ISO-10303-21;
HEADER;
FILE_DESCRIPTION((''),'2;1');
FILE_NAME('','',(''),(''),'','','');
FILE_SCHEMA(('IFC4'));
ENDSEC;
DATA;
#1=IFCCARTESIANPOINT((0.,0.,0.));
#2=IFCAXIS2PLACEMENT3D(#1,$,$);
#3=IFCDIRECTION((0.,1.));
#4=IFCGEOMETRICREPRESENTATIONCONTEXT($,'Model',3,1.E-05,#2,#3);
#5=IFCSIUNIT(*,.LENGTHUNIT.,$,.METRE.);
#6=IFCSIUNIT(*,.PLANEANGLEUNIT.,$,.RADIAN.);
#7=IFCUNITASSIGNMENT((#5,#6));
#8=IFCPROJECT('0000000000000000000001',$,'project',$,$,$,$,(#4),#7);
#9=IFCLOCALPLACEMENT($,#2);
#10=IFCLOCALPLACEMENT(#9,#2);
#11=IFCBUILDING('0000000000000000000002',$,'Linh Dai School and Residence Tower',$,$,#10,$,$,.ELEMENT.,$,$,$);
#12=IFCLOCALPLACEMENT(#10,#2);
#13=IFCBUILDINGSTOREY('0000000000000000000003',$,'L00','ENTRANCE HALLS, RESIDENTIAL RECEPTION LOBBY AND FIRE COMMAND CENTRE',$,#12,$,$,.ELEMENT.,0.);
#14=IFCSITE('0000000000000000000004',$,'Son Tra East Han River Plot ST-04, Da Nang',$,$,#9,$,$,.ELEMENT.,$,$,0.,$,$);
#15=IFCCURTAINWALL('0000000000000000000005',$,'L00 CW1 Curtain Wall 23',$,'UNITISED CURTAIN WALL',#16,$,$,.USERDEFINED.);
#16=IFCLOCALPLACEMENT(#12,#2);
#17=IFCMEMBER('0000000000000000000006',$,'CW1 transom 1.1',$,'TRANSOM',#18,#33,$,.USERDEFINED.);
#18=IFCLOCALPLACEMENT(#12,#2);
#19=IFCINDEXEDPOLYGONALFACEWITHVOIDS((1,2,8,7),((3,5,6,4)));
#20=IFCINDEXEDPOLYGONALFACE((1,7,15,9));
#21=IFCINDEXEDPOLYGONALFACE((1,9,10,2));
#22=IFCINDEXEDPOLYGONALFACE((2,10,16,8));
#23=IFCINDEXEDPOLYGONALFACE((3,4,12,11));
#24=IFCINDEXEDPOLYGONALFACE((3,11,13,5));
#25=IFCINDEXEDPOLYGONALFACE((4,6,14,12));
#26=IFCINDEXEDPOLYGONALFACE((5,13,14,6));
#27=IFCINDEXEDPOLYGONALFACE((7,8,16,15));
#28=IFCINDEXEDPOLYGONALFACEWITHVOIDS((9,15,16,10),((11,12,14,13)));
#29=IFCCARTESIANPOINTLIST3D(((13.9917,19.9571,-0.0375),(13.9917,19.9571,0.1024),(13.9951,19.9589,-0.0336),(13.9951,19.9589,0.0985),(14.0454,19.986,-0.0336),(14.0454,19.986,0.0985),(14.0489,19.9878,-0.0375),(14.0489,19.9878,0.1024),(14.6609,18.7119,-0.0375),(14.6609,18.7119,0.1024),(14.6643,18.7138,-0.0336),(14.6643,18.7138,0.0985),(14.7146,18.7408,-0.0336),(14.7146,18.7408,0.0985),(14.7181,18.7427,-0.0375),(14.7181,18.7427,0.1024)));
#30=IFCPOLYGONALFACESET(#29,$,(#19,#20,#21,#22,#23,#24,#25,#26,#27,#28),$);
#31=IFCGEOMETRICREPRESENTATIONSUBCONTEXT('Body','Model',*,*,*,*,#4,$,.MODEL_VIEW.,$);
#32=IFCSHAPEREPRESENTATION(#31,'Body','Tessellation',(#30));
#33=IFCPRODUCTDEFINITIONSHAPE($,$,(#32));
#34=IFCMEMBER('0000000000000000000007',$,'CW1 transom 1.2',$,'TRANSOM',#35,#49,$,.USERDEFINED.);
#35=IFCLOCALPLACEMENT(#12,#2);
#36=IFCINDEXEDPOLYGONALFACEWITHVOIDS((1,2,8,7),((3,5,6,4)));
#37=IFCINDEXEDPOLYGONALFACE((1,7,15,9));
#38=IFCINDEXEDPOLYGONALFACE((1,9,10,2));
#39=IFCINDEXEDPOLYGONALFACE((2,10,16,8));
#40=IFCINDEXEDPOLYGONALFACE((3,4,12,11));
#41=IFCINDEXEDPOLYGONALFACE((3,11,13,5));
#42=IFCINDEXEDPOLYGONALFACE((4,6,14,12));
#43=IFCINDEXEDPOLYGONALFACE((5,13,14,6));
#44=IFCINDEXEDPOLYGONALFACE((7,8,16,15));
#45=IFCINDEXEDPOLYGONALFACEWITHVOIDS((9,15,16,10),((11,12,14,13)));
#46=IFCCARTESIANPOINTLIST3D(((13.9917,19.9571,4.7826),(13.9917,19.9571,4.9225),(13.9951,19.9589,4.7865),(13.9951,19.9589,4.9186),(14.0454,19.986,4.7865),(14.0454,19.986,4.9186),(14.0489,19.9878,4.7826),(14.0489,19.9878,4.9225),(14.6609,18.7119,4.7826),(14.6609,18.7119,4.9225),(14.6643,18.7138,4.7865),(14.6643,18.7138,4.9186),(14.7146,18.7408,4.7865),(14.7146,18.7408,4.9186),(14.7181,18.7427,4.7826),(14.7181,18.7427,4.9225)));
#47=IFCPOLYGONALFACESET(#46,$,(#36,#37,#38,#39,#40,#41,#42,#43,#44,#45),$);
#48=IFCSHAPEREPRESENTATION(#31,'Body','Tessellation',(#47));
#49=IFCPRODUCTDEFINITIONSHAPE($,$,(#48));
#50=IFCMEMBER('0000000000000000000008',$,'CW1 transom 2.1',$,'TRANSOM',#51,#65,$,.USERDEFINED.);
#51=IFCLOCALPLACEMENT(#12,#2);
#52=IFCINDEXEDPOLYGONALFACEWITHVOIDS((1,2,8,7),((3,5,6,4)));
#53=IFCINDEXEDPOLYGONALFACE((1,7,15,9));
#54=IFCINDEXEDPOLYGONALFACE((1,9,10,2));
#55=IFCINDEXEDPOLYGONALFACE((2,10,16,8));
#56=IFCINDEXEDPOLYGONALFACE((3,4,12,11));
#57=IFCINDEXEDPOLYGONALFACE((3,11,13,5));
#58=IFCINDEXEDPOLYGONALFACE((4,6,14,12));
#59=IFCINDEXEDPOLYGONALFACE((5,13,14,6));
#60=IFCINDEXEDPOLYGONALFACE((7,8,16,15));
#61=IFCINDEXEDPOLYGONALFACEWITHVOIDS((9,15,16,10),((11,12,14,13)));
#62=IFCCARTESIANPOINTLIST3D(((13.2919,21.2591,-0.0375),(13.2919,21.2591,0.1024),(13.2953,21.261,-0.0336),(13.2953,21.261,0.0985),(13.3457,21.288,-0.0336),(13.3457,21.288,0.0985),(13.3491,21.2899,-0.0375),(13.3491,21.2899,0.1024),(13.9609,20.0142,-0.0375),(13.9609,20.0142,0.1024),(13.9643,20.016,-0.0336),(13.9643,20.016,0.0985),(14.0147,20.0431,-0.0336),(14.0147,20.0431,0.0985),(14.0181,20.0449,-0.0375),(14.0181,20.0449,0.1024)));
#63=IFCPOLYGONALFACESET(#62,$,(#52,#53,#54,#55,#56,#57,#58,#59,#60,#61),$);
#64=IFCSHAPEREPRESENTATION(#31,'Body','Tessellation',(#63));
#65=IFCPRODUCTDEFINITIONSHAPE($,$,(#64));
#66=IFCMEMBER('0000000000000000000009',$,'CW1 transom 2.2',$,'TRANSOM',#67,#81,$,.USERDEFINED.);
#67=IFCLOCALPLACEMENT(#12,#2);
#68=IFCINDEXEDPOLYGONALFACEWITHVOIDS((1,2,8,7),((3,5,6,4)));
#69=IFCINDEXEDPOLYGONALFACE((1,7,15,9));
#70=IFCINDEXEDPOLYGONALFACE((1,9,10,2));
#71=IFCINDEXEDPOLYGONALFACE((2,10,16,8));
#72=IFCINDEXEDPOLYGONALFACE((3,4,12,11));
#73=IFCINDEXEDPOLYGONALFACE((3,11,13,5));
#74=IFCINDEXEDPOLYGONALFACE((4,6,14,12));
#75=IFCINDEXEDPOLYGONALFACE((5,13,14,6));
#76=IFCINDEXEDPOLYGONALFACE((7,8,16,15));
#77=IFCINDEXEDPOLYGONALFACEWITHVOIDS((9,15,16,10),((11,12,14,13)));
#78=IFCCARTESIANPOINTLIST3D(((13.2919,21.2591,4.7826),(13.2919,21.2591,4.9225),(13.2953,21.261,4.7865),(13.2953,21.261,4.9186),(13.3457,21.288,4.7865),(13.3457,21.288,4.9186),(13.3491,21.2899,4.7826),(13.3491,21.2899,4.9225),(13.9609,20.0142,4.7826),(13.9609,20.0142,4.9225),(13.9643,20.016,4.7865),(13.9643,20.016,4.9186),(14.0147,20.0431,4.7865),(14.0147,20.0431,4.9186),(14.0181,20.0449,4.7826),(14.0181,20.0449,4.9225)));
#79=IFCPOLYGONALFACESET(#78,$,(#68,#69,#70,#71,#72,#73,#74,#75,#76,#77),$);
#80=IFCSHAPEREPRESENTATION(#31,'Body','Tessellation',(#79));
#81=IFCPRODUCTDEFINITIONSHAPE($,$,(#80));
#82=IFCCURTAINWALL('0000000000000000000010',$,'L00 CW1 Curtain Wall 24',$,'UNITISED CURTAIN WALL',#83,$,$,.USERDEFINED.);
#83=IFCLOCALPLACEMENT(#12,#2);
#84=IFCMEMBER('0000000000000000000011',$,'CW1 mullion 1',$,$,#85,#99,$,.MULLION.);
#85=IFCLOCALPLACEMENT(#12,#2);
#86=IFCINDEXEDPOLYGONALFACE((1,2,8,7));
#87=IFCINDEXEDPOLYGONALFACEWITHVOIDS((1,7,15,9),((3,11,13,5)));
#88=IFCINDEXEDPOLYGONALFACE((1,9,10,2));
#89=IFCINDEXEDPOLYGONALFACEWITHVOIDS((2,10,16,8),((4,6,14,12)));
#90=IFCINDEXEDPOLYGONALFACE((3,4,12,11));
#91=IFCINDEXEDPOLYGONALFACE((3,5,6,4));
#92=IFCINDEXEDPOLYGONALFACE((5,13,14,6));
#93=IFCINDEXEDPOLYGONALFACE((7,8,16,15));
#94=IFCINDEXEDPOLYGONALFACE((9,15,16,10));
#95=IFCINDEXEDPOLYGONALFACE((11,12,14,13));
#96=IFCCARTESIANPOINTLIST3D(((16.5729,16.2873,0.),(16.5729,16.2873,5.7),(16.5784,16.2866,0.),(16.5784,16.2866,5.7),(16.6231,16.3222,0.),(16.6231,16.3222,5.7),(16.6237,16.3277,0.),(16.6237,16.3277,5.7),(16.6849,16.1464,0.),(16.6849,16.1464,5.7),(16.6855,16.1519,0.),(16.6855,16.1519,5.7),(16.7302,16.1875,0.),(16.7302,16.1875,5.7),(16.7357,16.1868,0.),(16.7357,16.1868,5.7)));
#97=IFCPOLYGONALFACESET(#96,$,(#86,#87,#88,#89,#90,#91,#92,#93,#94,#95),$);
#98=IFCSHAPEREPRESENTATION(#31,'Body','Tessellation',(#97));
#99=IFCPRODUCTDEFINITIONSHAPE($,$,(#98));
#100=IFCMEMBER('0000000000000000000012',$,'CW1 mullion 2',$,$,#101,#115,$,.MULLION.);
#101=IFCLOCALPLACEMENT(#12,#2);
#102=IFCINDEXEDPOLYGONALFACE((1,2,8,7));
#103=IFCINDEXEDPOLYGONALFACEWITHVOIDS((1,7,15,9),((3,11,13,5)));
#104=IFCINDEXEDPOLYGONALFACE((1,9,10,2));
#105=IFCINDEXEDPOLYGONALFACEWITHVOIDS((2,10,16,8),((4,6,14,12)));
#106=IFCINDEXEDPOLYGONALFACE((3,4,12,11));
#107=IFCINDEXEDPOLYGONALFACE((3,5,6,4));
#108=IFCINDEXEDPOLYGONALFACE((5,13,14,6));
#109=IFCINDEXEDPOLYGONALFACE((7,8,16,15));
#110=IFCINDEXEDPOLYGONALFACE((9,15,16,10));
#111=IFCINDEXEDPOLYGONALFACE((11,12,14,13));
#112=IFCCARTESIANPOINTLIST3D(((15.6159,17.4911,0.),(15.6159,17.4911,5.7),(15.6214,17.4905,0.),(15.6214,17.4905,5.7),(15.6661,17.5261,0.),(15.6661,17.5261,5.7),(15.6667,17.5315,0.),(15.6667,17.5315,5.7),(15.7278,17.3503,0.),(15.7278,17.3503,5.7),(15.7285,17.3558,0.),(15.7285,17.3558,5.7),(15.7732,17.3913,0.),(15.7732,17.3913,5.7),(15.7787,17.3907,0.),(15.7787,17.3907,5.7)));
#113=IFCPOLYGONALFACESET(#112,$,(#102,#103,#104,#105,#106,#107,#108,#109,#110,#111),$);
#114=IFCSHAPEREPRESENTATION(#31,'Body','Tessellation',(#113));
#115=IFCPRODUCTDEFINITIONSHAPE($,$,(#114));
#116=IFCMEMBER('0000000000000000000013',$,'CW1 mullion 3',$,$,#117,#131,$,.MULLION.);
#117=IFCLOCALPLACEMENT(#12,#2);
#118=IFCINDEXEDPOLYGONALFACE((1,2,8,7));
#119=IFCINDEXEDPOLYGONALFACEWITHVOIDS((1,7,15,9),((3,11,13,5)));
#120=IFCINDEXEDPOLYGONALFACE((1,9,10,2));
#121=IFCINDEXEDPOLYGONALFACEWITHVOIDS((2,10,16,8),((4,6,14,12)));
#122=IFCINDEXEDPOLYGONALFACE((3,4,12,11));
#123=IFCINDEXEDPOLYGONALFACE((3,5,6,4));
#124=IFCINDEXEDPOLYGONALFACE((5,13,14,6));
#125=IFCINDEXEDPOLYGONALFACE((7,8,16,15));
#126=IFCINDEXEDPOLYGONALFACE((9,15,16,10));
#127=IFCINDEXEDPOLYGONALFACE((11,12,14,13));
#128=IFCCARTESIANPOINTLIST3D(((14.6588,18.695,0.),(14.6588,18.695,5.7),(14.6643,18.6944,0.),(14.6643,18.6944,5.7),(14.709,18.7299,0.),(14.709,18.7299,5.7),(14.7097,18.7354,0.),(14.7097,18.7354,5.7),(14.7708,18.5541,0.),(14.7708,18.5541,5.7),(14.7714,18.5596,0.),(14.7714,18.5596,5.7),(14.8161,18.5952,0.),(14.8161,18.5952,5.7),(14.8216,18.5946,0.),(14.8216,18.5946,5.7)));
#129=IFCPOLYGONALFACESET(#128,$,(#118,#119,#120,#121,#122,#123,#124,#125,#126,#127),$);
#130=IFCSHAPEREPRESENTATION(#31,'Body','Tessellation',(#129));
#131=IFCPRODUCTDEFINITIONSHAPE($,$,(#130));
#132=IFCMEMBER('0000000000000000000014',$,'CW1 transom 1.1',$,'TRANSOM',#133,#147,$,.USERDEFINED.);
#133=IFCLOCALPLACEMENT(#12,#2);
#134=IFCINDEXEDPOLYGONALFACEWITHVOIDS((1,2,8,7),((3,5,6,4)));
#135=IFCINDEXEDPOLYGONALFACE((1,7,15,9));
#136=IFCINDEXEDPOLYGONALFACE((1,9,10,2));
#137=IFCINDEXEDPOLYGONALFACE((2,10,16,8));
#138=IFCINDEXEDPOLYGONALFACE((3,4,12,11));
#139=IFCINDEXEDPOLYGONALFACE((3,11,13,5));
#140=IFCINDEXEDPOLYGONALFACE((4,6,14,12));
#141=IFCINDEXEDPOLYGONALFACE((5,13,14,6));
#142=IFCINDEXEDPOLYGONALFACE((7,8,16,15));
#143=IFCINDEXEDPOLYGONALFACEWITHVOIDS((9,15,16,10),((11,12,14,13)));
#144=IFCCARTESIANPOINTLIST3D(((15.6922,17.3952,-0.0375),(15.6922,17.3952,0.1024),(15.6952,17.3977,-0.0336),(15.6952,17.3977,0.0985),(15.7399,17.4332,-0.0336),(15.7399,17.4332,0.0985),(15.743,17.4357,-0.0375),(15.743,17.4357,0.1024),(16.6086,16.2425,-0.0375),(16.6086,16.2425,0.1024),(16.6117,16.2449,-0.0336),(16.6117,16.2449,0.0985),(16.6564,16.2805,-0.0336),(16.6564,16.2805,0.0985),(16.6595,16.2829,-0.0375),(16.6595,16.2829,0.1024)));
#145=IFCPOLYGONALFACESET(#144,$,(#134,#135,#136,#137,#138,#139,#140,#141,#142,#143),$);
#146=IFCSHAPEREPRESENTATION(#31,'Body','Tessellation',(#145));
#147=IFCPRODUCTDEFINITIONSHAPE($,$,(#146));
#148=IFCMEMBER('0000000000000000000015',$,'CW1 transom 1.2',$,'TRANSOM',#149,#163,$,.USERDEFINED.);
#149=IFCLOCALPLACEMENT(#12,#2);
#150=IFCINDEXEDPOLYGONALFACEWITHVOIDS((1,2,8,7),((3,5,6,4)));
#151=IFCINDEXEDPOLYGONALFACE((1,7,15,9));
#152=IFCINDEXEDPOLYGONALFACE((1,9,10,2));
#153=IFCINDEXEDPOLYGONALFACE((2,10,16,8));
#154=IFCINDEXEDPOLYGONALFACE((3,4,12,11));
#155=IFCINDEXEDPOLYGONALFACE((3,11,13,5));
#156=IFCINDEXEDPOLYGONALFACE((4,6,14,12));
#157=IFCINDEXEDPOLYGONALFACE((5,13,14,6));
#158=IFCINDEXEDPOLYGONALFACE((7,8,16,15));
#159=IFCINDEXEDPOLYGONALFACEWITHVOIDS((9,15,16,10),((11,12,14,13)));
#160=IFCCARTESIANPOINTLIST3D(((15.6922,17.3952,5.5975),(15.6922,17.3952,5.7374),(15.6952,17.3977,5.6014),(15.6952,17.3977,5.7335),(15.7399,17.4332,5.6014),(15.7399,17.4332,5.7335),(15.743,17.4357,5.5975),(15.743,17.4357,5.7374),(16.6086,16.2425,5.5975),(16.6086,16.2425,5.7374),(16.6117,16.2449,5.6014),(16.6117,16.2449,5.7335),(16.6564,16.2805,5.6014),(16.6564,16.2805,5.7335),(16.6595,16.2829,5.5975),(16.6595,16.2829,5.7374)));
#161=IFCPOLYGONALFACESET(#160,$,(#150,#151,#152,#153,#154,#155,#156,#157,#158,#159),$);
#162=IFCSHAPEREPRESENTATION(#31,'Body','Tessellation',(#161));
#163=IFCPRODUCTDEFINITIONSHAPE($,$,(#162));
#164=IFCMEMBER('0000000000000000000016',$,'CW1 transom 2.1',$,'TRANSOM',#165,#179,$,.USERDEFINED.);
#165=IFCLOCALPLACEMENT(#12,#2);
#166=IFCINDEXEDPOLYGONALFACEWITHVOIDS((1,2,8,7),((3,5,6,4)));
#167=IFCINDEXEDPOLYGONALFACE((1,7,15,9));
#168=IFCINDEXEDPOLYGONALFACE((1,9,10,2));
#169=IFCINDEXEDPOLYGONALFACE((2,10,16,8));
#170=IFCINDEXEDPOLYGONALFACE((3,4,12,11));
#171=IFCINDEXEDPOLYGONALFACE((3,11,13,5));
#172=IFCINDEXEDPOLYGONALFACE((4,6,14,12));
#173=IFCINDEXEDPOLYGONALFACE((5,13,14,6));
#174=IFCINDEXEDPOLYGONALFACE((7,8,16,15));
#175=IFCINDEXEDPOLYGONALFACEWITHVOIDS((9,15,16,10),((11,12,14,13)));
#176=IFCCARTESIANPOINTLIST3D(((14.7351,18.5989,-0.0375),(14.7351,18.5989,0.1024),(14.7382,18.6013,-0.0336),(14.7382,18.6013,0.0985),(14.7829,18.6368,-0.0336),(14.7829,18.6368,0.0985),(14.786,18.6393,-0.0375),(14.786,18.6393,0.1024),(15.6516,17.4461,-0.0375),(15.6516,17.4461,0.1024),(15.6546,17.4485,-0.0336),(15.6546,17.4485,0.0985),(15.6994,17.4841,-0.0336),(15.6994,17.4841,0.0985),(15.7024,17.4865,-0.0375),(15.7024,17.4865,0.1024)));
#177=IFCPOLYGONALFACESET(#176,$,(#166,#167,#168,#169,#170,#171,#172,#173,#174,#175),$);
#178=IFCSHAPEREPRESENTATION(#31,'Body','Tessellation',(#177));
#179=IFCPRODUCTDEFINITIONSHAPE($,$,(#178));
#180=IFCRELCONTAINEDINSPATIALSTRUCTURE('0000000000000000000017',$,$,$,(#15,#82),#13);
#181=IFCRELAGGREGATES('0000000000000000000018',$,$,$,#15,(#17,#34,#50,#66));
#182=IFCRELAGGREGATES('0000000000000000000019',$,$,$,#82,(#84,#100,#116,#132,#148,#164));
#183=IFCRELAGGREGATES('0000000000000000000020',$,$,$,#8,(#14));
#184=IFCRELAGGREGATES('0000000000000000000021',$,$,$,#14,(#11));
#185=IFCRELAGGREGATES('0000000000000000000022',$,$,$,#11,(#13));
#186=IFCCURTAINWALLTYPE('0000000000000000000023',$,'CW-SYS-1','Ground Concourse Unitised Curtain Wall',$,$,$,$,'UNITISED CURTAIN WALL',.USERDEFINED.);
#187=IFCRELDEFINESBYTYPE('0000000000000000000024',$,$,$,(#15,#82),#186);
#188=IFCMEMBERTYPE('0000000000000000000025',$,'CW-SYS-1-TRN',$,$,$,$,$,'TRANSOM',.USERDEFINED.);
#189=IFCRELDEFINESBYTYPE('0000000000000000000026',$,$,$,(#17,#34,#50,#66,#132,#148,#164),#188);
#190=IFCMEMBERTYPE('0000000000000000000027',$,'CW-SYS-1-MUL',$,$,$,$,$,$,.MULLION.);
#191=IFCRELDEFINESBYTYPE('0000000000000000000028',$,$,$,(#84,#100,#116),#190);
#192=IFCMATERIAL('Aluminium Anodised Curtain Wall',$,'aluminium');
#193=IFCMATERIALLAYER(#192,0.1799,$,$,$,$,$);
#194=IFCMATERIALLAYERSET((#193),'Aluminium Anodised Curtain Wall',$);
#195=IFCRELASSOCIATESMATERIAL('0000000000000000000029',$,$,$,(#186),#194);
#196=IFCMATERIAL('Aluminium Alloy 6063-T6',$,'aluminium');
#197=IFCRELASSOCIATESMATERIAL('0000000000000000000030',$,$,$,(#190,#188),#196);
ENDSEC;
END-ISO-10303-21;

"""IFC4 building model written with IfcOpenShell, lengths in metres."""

from ifc_helpers import new_model, si_unit, direction, frame, origin, origin_2d, place, context, subcontext, project, spatial, hollow_rectangle, extrude, source, transform, mapped, material, layer, layer_set, material_profile, profile_set, type_object, element, aggregate, save


model = new_model("IFC4")

# Units and contexts
model_context = context("Model", 3, precision=1e-05, world=origin(), true_north=direction((0.0, 1.0)))
body_context = subcontext(model_context, "Body", "Model", "MODEL_VIEW")
ifc_project = project(units=[si_unit("LENGTHUNIT", "METRE"), si_unit("PLANEANGLEUNIT", "RADIAN")], contexts=[model_context])

# Site, building, storey
site_placement = place(None, origin())
site = spatial("IfcSite", under=ifc_project, at=site_placement, Name="Son Tra East Han River Plot ST-04, Da Nang", CompositionType="ELEMENT", RefElevation=0.0)
building_placement = place(site_placement, origin())
building = spatial("IfcBuilding", under=site, at=building_placement, Name="Linh Dai School and Residence Tower", CompositionType="ELEMENT")
storey_placement = place(building_placement, origin())
storey = spatial("IfcBuildingStorey", under=building, at=storey_placement, Name="L00", Description="ENTRANCE HALLS, RESIDENTIAL RECEPTION LOBBY AND FIRE COMMAND CENTRE", CompositionType="ELEMENT", Elevation=0.0)

# Curtain wall
ifc_material_1 = material(Name="Aluminium Anodised Curtain Wall", Category="aluminium")
ifc_layer_1 = layer(ifc_material_1, 0.1799)
ifc_layer_set_1 = layer_set([ifc_layer_1], Name="Aluminium Anodised Curtain Wall")
curtain_wall_type = type_object("IfcCurtainWallType", Name="CW-SYS-1", Description="Ground Concourse Unitised Curtain Wall", ElementType="UNITISED CURTAIN WALL", PredefinedType="USERDEFINED", material=ifc_layer_set_1)
curtain_wall_1_placement = place(storey_placement, origin())
curtain_wall_1 = element("IfcCurtainWall", 1, at=curtain_wall_1_placement, inside=storey, type_object=curtain_wall_type, Name="L00 CW1 Curtain Wall 23", ObjectType="UNITISED CURTAIN WALL", PredefinedType="USERDEFINED")
ifc_material_2 = material(Name="Aluminium Alloy 6063-T6", Category="aluminium")
ifc_material_profile_1 = material_profile(ifc_material_2, hollow_rectangle(XDim=0.0649, YDim=0.1799, WallThickness=0.0039, at=origin_2d()), Name="RHS 180x65x4")
ifc_profile_set_1 = profile_set([ifc_material_profile_1], Name="Aluminium Alloy 6063-T6")
member_type_1 = type_object("IfcMemberType", Name="CW-SYS-1-MUL", PredefinedType="MULLION", material=ifc_profile_set_1)

# Members
ifc_material_profile_2 = material_profile(ifc_material_2, hollow_rectangle(XDim=0.0649, YDim=0.1399, WallThickness=0.0039, at=origin_2d()), Name="RHS 140x65x4")
ifc_profile_set_2 = profile_set([ifc_material_profile_2], Name="Aluminium Alloy 6063-T6")
member_type_2 = type_object("IfcMemberType", Name="CW-SYS-1-TRN", ElementType="TRANSOM", PredefinedType="USERDEFINED", material=ifc_profile_set_2)
shared_shape_1 = source(origin(), body_context, "Body", "SweptSolid", [
    extrude(hollow_rectangle(XDim=0.0649, YDim=0.1399, WallThickness=0.0039, at=origin_2d()), origin(), (0.0, 0.0, 1.0), 1.4136),
])
member_1_placement = place(storey_placement, frame((14.6895, 18.7273, 0.0325), z_axis=(-0.47341, 0.880842, 0.0), x_axis=(-0.880842, -0.47341, 0.0)))
member_1 = element("IfcMember", 2, at=member_1_placement, type_object=member_type_2, Name="CW1 transom 1.1", ObjectType="TRANSOM", PredefinedType="USERDEFINED", context=body_context, shape_type="MappedRepresentation", body=[
    mapped(shared_shape_1, transform((0.0, 0.0, 0.0), x_axis=(1.0, 0.0, 0.0), y_axis=(0.0, 1.0, 0.0), z_axis=(0.0, 0.0, 1.0), scale=1.0)),
])
member_2_placement = place(storey_placement, frame((14.6895, 18.7273, 4.8525), z_axis=(-0.47341, 0.880842, 0.0), x_axis=(-0.880842, -0.47341, 0.0)))
member_2 = element("IfcMember", 3, at=member_2_placement, type_object=member_type_2, Name="CW1 transom 1.2", ObjectType="TRANSOM", PredefinedType="USERDEFINED", context=body_context, shape_type="MappedRepresentation", body=[
    mapped(shared_shape_1, transform((0.0, 0.0, 0.0), x_axis=(1.0, 0.0, 0.0), y_axis=(0.0, 1.0, 0.0), z_axis=(0.0, 0.0, 1.0), scale=1.0)),
])
shared_shape_2 = source(origin(), body_context, "Body", "SweptSolid", [
    extrude(hollow_rectangle(XDim=0.0649, YDim=0.1399, WallThickness=0.0039, at=origin_2d()), origin(), (0.0, 0.0, 1.0), 1.4133),
])
member_3_placement = place(storey_placement, frame((13.9895, 20.0295, 0.0325), z_axis=(-0.473348, 0.880876, 0.0), x_axis=(-0.880876, -0.473348, 0.0)))
member_3 = element("IfcMember", 4, at=member_3_placement, type_object=member_type_2, Name="CW1 transom 2.1", ObjectType="TRANSOM", PredefinedType="USERDEFINED", context=body_context, shape_type="MappedRepresentation", body=[
    mapped(shared_shape_2, transform((0.0, 0.0, 0.0), x_axis=(1.0, 0.0, 0.0), y_axis=(0.0, 1.0, 0.0), z_axis=(0.0, 0.0, 1.0), scale=1.0)),
])
member_4_placement = place(storey_placement, frame((13.9895, 20.0295, 4.8525), z_axis=(-0.473348, 0.880876, 0.0), x_axis=(-0.880876, -0.473348, 0.0)))
member_4 = element("IfcMember", 5, at=member_4_placement, type_object=member_type_2, Name="CW1 transom 2.2", ObjectType="TRANSOM", PredefinedType="USERDEFINED", context=body_context, shape_type="MappedRepresentation", body=[
    mapped(shared_shape_2, transform((0.0, 0.0, 0.0), x_axis=(1.0, 0.0, 0.0), y_axis=(0.0, 1.0, 0.0), z_axis=(0.0, 0.0, 1.0), scale=1.0)),
])

# Curtain wall, members
curtain_wall_2_placement = place(storey_placement, origin())
curtain_wall_2 = element("IfcCurtainWall", 6, at=curtain_wall_2_placement, inside=storey, type_object=curtain_wall_type, Name="L00 CW1 Curtain Wall 24", ObjectType="UNITISED CURTAIN WALL", PredefinedType="USERDEFINED")
shared_shape_3 = source(origin(), body_context, "Body", "SweptSolid", [
    extrude(hollow_rectangle(XDim=0.0649, YDim=0.1799, WallThickness=0.0039, at=origin_2d()), origin(), (0.0, 0.0, 1.0), 5.7),
])
member_5_placement = place(storey_placement, frame((16.6543, 16.2371, 0.0), z_axis=(0.0, 0.0, 1.0), x_axis=(-0.782771, -0.62231, 0.0)))
member_5 = element("IfcMember", 7, at=member_5_placement, type_object=member_type_1, Name="CW1 mullion 1", PredefinedType="MULLION", context=body_context, shape_type="MappedRepresentation", body=[
    mapped(shared_shape_3, transform((0.0, 0.0, 0.0), x_axis=(1.0, 0.0, 0.0), y_axis=(0.0, 1.0, 0.0), z_axis=(0.0, 0.0, 1.0), scale=1.0)),
])
member_6_placement = place(storey_placement, frame((15.6973, 17.4409, 0.0), z_axis=(0.0, 0.0, 1.0), x_axis=(-0.782771, -0.62231, 0.0)))
member_6 = element("IfcMember", 8, at=member_6_placement, type_object=member_type_1, Name="CW1 mullion 2", PredefinedType="MULLION", context=body_context, shape_type="MappedRepresentation", body=[
    mapped(shared_shape_3, transform((0.0, 0.0, 0.0), x_axis=(1.0, 0.0, 0.0), y_axis=(0.0, 1.0, 0.0), z_axis=(0.0, 0.0, 1.0), scale=1.0)),
])
member_7_placement = place(storey_placement, frame((14.7402, 18.6448, 0.0), z_axis=(0.0, 0.0, 1.0), x_axis=(-0.782771, -0.62231, 0.0)))
member_7 = element("IfcMember", 9, at=member_7_placement, type_object=member_type_1, Name="CW1 mullion 3", PredefinedType="MULLION", context=body_context, shape_type="MappedRepresentation", body=[
    mapped(shared_shape_3, transform((0.0, 0.0, 0.0), x_axis=(1.0, 0.0, 0.0), y_axis=(0.0, 1.0, 0.0), z_axis=(0.0, 0.0, 1.0), scale=1.0)),
])
shared_shape_4 = source(origin(), body_context, "Body", "SweptSolid", [
    extrude(hollow_rectangle(XDim=0.0649, YDim=0.1399, WallThickness=0.0039, at=origin_2d()), origin(), (0.0, 0.0, 1.0), 1.4727),
])
member_8_placement = place(storey_placement, frame((16.634, 16.2627, 0.0325), z_axis=(-0.622307, 0.782774, 0.0), x_axis=(-0.782774, -0.622307, 0.0)))
member_8 = element("IfcMember", 10, at=member_8_placement, type_object=member_type_2, Name="CW1 transom 1.1", ObjectType="TRANSOM", PredefinedType="USERDEFINED", context=body_context, shape_type="MappedRepresentation", body=[
    mapped(shared_shape_4, transform((0.0, 0.0, 0.0), x_axis=(1.0, 0.0, 0.0), y_axis=(0.0, 1.0, 0.0), z_axis=(0.0, 0.0, 1.0), scale=1.0)),
])
member_9_placement = place(storey_placement, frame((16.634, 16.2627, 5.6675), z_axis=(-0.622307, 0.782774, 0.0), x_axis=(-0.782774, -0.622307, 0.0)))
member_9 = element("IfcMember", 11, at=member_9_placement, type_object=member_type_2, Name="CW1 transom 1.2", ObjectType="TRANSOM", PredefinedType="USERDEFINED", context=body_context, shape_type="MappedRepresentation", body=[
    mapped(shared_shape_4, transform((0.0, 0.0, 0.0), x_axis=(1.0, 0.0, 0.0), y_axis=(0.0, 1.0, 0.0), z_axis=(0.0, 0.0, 1.0), scale=1.0)),
])
member_10_placement = place(storey_placement, frame((15.677, 17.4663, 0.0325), z_axis=(-0.622307, 0.782774, 0.0), x_axis=(-0.782774, -0.622307, 0.0)))
member_10 = element("IfcMember", 12, at=member_10_placement, type_object=member_type_2, Name="CW1 transom 2.1", ObjectType="TRANSOM", PredefinedType="USERDEFINED", context=body_context, shape_type="MappedRepresentation", body=[
    mapped(shared_shape_4, transform((0.0, 0.0, 0.0), x_axis=(1.0, 0.0, 0.0), y_axis=(0.0, 1.0, 0.0), z_axis=(0.0, 0.0, 1.0), scale=1.0)),
])

aggregate(curtain_wall_1, [member_1, member_2, member_3, member_4])
aggregate(curtain_wall_2, [member_5, member_6, member_7, member_8, member_9, member_10])

save(model, "model.ifc")
